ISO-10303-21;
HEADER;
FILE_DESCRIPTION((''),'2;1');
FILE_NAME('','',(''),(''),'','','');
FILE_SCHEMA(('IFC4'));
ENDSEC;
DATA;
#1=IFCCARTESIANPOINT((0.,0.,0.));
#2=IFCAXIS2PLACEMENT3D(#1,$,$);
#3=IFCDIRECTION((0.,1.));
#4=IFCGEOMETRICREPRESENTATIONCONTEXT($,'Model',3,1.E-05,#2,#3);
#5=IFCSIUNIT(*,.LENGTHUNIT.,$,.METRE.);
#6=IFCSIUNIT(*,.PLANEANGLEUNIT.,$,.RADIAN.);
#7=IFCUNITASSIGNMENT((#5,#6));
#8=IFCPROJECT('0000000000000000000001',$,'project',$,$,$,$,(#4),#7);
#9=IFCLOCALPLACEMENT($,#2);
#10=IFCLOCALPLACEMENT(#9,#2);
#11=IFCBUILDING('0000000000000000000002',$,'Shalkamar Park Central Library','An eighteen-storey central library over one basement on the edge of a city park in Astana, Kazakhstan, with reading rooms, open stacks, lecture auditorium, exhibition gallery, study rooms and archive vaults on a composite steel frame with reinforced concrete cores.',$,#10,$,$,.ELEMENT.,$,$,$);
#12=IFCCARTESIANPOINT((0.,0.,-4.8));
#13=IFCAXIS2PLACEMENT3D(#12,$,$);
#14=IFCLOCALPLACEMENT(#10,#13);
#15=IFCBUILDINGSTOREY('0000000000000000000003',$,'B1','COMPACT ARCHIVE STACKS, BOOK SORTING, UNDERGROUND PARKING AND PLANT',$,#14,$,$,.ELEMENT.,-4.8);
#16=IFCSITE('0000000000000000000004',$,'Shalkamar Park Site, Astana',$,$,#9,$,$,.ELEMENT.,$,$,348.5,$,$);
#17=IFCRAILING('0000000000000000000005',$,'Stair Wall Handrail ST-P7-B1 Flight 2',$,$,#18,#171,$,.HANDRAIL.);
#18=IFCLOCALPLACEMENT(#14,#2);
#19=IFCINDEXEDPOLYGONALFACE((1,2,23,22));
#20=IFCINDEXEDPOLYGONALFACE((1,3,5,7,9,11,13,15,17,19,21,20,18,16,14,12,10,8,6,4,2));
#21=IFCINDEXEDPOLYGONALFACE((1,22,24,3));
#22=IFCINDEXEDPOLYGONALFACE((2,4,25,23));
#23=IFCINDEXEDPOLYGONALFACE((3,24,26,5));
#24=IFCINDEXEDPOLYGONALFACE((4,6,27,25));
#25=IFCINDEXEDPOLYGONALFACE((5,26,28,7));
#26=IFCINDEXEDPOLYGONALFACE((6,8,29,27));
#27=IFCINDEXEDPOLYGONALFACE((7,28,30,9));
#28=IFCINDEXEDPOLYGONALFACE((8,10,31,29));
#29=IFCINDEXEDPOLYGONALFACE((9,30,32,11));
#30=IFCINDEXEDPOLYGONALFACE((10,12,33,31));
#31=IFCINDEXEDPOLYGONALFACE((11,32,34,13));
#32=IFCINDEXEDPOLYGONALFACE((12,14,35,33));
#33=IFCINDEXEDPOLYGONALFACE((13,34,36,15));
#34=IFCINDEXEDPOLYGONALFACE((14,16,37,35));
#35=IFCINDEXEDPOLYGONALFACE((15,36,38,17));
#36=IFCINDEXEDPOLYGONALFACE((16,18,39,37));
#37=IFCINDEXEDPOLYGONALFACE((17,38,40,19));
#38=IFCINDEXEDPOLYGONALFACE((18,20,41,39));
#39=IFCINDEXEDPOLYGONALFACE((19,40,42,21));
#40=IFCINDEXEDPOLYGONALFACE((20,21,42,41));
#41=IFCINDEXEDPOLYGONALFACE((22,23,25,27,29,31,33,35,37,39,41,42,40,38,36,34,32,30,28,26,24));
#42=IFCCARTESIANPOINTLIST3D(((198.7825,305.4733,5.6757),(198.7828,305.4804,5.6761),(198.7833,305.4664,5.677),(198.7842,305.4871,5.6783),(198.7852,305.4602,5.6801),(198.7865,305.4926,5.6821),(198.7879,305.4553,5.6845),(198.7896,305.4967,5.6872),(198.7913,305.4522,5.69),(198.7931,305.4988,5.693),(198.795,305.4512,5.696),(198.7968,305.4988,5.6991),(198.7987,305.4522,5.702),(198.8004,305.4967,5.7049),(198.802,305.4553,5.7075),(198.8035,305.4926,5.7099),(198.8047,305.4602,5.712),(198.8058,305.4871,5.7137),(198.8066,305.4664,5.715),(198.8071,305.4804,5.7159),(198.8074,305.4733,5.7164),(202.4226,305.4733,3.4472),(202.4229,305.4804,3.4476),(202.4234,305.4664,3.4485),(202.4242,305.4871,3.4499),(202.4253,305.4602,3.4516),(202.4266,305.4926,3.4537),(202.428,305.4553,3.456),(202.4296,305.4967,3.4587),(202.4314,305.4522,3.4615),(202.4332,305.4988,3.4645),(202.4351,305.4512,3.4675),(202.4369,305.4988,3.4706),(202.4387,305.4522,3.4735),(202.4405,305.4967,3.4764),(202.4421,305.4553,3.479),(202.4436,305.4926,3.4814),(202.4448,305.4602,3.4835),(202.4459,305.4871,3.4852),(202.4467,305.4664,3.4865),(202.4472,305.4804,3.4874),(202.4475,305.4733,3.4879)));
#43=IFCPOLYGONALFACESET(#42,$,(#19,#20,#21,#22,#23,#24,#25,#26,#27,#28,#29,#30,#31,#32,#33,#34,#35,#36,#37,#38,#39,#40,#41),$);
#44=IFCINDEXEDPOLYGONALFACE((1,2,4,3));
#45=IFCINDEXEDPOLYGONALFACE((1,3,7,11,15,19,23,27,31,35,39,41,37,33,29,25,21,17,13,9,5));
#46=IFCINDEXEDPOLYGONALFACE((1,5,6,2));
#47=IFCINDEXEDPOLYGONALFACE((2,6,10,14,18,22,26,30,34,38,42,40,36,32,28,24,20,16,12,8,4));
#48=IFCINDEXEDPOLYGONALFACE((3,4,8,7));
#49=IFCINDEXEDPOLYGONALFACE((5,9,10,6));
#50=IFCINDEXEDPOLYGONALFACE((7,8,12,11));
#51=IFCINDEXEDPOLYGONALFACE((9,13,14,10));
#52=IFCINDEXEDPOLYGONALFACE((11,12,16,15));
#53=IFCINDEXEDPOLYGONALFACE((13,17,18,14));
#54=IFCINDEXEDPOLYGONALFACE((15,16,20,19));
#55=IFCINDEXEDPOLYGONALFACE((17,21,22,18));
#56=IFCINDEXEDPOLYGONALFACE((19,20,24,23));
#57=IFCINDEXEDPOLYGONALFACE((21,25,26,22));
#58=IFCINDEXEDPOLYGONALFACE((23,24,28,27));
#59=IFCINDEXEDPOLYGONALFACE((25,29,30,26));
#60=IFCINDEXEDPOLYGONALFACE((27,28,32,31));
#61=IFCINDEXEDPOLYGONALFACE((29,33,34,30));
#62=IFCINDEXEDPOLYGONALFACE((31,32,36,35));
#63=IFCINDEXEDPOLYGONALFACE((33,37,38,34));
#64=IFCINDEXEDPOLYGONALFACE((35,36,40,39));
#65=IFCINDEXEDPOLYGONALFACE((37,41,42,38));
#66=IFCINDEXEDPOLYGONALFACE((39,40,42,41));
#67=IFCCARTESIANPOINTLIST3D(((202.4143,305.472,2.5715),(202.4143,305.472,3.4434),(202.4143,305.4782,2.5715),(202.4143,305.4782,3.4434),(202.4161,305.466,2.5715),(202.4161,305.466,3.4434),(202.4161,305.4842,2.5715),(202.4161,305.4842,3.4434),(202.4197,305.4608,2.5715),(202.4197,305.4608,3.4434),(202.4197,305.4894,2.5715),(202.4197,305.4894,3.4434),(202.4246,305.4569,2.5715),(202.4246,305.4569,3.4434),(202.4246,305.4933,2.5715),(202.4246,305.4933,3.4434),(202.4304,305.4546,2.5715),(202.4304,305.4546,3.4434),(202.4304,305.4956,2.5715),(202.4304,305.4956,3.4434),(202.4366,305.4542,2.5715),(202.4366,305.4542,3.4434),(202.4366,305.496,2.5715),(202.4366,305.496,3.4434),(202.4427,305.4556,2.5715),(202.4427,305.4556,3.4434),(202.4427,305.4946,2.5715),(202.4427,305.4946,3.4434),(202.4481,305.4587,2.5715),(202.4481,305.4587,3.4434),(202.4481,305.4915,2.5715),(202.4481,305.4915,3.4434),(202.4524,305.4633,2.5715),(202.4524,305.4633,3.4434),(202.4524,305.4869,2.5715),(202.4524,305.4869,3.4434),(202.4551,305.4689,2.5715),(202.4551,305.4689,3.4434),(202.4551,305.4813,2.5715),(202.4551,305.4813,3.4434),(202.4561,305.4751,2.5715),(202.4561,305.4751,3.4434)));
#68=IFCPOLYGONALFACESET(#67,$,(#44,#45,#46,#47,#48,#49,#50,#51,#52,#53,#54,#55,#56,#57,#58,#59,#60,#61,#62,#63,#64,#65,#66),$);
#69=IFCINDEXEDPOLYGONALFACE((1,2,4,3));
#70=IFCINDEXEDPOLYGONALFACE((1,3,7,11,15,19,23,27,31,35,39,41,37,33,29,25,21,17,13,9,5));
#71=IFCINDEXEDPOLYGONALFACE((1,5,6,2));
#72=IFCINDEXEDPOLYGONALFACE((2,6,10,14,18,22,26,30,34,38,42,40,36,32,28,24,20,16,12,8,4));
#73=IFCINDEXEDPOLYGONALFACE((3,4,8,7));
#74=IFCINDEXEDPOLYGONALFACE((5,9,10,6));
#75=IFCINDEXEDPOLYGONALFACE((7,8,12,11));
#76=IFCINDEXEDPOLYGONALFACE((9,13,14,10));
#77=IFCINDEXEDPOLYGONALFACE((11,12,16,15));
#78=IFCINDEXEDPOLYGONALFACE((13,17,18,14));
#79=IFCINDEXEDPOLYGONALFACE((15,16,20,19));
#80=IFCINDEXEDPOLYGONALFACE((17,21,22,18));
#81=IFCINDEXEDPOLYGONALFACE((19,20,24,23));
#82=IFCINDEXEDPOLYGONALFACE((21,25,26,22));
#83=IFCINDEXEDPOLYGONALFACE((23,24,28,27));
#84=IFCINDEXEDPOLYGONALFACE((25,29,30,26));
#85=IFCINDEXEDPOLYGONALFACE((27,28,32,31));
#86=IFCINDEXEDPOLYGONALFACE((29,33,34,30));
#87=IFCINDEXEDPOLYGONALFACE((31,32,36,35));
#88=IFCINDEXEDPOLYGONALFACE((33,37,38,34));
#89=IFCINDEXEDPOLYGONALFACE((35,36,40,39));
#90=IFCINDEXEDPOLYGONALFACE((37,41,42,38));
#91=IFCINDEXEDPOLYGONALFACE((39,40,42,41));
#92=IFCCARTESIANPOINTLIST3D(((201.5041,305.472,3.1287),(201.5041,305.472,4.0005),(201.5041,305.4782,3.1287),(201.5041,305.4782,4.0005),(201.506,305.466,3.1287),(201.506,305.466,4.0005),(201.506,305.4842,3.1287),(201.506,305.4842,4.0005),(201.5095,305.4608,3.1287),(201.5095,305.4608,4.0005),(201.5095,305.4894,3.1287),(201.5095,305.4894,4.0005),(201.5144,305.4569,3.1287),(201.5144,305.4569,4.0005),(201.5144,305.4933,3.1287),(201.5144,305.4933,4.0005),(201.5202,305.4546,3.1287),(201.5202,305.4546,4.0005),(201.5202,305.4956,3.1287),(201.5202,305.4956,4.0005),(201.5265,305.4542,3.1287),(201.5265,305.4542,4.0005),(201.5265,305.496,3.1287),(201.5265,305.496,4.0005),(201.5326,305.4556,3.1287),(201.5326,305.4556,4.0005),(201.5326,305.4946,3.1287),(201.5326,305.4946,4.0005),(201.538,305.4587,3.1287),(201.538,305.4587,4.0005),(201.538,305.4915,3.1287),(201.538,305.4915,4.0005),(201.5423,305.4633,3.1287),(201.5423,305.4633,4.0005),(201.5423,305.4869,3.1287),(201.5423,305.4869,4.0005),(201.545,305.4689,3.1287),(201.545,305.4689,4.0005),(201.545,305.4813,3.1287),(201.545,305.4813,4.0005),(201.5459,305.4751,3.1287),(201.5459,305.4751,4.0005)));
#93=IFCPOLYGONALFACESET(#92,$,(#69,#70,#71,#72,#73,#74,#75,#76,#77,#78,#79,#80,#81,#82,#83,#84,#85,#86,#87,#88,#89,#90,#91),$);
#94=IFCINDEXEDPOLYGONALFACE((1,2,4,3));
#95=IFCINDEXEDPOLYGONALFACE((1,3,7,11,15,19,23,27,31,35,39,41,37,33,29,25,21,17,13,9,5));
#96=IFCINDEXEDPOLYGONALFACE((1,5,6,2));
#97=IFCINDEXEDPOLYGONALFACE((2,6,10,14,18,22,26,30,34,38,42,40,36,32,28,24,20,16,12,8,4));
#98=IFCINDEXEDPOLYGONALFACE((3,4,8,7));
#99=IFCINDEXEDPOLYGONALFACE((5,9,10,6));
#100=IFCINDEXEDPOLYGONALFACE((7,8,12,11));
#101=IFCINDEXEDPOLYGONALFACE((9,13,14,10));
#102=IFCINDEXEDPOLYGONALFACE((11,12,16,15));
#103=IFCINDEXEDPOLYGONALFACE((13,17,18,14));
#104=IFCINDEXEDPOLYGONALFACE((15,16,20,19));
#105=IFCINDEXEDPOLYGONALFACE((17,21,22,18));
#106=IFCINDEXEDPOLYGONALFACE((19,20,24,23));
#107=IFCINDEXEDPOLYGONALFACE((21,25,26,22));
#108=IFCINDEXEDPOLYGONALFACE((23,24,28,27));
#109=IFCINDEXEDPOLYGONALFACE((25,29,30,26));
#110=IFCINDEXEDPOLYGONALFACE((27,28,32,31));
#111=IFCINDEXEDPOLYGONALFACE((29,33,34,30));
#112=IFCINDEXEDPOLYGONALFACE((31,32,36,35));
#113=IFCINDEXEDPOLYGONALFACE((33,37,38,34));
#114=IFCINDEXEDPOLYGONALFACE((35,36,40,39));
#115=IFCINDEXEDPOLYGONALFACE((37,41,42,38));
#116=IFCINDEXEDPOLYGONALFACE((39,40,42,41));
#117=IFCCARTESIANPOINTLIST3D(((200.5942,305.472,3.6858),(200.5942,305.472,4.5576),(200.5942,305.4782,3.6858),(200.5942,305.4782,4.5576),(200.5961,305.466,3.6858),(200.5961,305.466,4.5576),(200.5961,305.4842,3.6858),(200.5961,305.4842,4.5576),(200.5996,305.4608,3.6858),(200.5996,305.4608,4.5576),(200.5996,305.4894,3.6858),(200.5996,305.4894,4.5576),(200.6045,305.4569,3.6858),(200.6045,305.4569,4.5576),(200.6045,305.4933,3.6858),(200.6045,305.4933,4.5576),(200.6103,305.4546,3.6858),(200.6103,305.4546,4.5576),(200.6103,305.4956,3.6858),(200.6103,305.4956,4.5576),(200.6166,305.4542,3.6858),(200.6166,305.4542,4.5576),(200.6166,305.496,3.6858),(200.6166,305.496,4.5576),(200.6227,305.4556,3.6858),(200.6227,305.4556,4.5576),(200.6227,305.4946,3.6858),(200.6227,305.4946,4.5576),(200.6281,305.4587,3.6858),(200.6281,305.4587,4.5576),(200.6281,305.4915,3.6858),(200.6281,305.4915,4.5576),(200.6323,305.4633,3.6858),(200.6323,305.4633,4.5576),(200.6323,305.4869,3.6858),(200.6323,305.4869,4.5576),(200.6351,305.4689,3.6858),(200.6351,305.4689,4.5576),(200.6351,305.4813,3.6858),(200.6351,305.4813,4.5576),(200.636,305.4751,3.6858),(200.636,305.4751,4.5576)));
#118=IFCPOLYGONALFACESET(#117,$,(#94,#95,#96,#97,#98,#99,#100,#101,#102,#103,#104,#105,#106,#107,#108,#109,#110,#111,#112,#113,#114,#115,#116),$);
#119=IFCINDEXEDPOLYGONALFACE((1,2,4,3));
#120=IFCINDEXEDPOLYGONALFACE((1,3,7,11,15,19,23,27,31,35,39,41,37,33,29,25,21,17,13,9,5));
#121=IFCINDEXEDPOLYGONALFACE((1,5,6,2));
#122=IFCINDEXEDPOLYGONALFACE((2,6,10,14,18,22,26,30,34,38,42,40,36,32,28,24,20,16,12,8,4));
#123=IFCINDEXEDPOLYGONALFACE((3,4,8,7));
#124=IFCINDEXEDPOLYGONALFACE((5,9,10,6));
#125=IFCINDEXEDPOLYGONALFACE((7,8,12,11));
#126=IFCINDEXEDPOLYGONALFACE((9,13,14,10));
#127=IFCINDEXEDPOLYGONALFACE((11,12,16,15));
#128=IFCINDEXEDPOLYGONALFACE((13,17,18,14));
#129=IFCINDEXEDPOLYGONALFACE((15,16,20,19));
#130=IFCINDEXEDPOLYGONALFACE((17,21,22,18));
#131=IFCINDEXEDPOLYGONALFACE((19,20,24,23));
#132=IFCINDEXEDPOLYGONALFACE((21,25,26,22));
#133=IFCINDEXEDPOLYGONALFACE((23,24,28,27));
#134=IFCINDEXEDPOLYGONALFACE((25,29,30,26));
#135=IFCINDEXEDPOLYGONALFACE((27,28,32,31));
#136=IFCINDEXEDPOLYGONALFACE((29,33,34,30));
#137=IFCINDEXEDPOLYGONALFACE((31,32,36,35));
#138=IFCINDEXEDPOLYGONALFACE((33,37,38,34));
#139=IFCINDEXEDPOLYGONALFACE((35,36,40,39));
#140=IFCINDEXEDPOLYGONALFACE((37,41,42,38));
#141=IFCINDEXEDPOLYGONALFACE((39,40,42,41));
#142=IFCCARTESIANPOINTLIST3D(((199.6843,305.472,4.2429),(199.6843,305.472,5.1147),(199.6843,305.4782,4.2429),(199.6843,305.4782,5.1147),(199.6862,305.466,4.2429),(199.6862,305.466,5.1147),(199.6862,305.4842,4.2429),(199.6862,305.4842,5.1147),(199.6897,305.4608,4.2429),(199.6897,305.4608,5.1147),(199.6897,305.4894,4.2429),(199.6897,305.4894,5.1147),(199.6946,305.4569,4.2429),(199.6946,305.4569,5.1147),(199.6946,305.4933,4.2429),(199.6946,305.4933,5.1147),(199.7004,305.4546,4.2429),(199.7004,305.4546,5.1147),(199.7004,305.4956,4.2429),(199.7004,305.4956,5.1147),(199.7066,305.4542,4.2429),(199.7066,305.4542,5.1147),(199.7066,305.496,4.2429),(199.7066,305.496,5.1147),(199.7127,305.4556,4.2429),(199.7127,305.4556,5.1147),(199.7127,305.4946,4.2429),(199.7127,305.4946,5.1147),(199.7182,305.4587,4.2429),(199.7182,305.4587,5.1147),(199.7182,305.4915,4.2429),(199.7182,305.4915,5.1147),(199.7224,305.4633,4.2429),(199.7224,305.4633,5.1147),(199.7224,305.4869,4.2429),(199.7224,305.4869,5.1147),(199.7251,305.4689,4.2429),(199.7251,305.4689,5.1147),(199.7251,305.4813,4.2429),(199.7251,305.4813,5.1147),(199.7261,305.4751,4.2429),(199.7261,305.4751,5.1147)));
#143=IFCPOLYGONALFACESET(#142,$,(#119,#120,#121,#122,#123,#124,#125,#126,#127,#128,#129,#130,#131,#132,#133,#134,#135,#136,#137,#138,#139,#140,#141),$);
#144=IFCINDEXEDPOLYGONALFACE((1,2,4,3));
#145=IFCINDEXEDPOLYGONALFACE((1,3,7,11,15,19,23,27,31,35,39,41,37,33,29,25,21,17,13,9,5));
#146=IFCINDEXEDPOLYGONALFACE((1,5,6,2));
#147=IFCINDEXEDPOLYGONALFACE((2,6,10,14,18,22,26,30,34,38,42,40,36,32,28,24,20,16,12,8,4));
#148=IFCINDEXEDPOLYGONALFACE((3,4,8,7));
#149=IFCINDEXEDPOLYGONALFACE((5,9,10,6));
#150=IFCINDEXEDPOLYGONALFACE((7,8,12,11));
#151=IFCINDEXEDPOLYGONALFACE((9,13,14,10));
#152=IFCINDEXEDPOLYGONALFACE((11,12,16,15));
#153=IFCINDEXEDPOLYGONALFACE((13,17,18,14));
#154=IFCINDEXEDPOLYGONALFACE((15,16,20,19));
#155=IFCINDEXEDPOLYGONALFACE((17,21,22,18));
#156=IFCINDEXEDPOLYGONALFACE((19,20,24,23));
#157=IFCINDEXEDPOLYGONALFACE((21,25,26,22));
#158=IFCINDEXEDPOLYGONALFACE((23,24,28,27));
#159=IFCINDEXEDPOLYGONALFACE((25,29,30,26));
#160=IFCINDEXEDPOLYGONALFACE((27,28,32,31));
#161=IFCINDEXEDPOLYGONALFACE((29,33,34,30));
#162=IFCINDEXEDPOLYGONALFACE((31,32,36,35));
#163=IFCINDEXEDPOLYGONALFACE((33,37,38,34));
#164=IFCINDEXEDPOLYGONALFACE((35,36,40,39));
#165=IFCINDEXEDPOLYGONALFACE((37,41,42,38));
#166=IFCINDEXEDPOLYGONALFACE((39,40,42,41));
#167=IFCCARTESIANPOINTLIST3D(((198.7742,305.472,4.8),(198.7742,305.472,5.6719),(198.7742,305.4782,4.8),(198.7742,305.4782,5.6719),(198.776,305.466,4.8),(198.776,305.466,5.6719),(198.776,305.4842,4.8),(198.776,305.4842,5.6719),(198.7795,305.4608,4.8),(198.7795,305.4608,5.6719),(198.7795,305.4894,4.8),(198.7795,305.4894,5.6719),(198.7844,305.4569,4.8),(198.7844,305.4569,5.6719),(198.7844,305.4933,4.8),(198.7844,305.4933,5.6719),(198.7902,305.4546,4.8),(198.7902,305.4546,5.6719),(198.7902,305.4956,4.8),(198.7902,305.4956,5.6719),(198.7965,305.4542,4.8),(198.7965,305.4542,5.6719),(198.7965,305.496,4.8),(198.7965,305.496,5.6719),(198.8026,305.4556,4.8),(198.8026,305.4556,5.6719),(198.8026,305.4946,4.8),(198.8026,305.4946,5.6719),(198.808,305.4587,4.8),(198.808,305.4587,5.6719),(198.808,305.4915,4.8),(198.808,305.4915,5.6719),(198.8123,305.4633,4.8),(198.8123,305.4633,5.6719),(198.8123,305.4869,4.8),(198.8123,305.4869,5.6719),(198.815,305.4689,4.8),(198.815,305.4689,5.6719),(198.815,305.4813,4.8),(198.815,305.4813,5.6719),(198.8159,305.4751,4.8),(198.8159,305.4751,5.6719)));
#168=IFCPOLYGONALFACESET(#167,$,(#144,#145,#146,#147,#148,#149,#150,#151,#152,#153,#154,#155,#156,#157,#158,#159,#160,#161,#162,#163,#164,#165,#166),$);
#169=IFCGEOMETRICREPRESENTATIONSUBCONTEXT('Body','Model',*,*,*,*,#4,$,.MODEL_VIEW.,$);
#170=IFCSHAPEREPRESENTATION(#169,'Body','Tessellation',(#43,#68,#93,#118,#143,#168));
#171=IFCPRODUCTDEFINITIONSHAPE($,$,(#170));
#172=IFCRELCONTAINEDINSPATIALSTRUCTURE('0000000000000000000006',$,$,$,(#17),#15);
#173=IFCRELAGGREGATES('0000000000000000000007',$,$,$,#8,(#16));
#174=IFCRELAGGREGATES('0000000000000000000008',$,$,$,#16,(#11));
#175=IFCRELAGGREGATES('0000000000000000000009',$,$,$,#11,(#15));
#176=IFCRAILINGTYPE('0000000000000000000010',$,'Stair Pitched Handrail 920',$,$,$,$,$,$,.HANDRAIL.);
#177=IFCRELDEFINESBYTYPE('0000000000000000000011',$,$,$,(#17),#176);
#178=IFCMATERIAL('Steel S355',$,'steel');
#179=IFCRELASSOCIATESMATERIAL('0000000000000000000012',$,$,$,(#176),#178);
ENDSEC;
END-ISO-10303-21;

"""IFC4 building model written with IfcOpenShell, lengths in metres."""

from ifc_helpers import new_model, si_unit, direction, frame, origin, origin_2d, place, context, subcontext, project, spatial, circle, extrude, material, type_object, element, save


model = new_model("IFC4")

# Units and contexts
model_context = context("Model", 3, precision=1e-05, world=origin(), true_north=direction((0.0, 1.0)))
body_context = subcontext(model_context, "Body", "Model", "MODEL_VIEW")
ifc_project = project(units=[si_unit("LENGTHUNIT", "METRE"), si_unit("PLANEANGLEUNIT", "RADIAN")], contexts=[model_context])

# Site, building, storey
site_placement = place(None, origin())
site = spatial("IfcSite", under=ifc_project, at=site_placement, Name="Shalkamar Park Site, Astana", CompositionType="ELEMENT", RefElevation=348.5)
building_placement = place(site_placement, origin())
building = spatial("IfcBuilding", under=site, at=building_placement, Name="Shalkamar Park Central Library", Description="An eighteen-storey central library over one basement on the edge of a city park in Astana, Kazakhstan, with reading rooms, open stacks, lecture auditorium, exhibition gallery, study rooms and archive vaults on a composite steel frame with reinforced concrete cores.", CompositionType="ELEMENT")
storey_placement = place(building_placement, frame((0.0, 0.0, -4.8)))
storey = spatial("IfcBuildingStorey", under=building, at=storey_placement, Name="B1", Description="COMPACT ARCHIVE STACKS, BOOK SORTING, UNDERGROUND PARKING AND PLANT", CompositionType="ELEMENT", Elevation=-4.8)

# Shared definitions
ifc_material_1 = material(Name="Steel S355", Category="steel")

# Railing
railing_type = type_object("IfcRailingType", Name="Stair Pitched Handrail 920", PredefinedType="HANDRAIL", material=ifc_material_1)
railing_placement = place(storey_placement, frame((202.4351, 305.4751, 2.5715)))
element("IfcRailing", 1, at=railing_placement, inside=storey, type_object=railing_type, Name="Stair Wall Handrail ST-P7-B1 Flight 2", PredefinedType="HANDRAIL", context=body_context, shape_type="SweptSolid", body=[
    extrude(circle(Radius=0.0239, at=origin_2d()), frame((0.0, 0.0, 0.896), z_axis=(-0.852866, 0.0, 0.52213), x_axis=(0.0, -1.0, 0.0)), (0.0, 0.0, 1.0), 4.2681),
    extrude(circle(Radius=0.021, at=origin_2d()), origin(), (0.0, 0.0, 1.0), 0.8718),
    extrude(circle(Radius=0.021, at=origin_2d()), frame((-0.9102, 0.0, 0.5571)), (0.0, 0.0, 1.0), 0.8718),
    extrude(circle(Radius=0.021, at=origin_2d()), frame((-1.8201, 0.0, 1.1143)), (0.0, 0.0, 1.0), 0.8718),
    extrude(circle(Radius=0.021, at=origin_2d()), frame((-2.73, 0.0, 1.6714)), (0.0, 0.0, 1.0), 0.8718),
    extrude(circle(Radius=0.021, at=origin_2d()), frame((-3.6401, 0.0, 2.2285)), (0.0, 0.0, 1.0), 0.8718),
])

save(model, "model.ifc")
